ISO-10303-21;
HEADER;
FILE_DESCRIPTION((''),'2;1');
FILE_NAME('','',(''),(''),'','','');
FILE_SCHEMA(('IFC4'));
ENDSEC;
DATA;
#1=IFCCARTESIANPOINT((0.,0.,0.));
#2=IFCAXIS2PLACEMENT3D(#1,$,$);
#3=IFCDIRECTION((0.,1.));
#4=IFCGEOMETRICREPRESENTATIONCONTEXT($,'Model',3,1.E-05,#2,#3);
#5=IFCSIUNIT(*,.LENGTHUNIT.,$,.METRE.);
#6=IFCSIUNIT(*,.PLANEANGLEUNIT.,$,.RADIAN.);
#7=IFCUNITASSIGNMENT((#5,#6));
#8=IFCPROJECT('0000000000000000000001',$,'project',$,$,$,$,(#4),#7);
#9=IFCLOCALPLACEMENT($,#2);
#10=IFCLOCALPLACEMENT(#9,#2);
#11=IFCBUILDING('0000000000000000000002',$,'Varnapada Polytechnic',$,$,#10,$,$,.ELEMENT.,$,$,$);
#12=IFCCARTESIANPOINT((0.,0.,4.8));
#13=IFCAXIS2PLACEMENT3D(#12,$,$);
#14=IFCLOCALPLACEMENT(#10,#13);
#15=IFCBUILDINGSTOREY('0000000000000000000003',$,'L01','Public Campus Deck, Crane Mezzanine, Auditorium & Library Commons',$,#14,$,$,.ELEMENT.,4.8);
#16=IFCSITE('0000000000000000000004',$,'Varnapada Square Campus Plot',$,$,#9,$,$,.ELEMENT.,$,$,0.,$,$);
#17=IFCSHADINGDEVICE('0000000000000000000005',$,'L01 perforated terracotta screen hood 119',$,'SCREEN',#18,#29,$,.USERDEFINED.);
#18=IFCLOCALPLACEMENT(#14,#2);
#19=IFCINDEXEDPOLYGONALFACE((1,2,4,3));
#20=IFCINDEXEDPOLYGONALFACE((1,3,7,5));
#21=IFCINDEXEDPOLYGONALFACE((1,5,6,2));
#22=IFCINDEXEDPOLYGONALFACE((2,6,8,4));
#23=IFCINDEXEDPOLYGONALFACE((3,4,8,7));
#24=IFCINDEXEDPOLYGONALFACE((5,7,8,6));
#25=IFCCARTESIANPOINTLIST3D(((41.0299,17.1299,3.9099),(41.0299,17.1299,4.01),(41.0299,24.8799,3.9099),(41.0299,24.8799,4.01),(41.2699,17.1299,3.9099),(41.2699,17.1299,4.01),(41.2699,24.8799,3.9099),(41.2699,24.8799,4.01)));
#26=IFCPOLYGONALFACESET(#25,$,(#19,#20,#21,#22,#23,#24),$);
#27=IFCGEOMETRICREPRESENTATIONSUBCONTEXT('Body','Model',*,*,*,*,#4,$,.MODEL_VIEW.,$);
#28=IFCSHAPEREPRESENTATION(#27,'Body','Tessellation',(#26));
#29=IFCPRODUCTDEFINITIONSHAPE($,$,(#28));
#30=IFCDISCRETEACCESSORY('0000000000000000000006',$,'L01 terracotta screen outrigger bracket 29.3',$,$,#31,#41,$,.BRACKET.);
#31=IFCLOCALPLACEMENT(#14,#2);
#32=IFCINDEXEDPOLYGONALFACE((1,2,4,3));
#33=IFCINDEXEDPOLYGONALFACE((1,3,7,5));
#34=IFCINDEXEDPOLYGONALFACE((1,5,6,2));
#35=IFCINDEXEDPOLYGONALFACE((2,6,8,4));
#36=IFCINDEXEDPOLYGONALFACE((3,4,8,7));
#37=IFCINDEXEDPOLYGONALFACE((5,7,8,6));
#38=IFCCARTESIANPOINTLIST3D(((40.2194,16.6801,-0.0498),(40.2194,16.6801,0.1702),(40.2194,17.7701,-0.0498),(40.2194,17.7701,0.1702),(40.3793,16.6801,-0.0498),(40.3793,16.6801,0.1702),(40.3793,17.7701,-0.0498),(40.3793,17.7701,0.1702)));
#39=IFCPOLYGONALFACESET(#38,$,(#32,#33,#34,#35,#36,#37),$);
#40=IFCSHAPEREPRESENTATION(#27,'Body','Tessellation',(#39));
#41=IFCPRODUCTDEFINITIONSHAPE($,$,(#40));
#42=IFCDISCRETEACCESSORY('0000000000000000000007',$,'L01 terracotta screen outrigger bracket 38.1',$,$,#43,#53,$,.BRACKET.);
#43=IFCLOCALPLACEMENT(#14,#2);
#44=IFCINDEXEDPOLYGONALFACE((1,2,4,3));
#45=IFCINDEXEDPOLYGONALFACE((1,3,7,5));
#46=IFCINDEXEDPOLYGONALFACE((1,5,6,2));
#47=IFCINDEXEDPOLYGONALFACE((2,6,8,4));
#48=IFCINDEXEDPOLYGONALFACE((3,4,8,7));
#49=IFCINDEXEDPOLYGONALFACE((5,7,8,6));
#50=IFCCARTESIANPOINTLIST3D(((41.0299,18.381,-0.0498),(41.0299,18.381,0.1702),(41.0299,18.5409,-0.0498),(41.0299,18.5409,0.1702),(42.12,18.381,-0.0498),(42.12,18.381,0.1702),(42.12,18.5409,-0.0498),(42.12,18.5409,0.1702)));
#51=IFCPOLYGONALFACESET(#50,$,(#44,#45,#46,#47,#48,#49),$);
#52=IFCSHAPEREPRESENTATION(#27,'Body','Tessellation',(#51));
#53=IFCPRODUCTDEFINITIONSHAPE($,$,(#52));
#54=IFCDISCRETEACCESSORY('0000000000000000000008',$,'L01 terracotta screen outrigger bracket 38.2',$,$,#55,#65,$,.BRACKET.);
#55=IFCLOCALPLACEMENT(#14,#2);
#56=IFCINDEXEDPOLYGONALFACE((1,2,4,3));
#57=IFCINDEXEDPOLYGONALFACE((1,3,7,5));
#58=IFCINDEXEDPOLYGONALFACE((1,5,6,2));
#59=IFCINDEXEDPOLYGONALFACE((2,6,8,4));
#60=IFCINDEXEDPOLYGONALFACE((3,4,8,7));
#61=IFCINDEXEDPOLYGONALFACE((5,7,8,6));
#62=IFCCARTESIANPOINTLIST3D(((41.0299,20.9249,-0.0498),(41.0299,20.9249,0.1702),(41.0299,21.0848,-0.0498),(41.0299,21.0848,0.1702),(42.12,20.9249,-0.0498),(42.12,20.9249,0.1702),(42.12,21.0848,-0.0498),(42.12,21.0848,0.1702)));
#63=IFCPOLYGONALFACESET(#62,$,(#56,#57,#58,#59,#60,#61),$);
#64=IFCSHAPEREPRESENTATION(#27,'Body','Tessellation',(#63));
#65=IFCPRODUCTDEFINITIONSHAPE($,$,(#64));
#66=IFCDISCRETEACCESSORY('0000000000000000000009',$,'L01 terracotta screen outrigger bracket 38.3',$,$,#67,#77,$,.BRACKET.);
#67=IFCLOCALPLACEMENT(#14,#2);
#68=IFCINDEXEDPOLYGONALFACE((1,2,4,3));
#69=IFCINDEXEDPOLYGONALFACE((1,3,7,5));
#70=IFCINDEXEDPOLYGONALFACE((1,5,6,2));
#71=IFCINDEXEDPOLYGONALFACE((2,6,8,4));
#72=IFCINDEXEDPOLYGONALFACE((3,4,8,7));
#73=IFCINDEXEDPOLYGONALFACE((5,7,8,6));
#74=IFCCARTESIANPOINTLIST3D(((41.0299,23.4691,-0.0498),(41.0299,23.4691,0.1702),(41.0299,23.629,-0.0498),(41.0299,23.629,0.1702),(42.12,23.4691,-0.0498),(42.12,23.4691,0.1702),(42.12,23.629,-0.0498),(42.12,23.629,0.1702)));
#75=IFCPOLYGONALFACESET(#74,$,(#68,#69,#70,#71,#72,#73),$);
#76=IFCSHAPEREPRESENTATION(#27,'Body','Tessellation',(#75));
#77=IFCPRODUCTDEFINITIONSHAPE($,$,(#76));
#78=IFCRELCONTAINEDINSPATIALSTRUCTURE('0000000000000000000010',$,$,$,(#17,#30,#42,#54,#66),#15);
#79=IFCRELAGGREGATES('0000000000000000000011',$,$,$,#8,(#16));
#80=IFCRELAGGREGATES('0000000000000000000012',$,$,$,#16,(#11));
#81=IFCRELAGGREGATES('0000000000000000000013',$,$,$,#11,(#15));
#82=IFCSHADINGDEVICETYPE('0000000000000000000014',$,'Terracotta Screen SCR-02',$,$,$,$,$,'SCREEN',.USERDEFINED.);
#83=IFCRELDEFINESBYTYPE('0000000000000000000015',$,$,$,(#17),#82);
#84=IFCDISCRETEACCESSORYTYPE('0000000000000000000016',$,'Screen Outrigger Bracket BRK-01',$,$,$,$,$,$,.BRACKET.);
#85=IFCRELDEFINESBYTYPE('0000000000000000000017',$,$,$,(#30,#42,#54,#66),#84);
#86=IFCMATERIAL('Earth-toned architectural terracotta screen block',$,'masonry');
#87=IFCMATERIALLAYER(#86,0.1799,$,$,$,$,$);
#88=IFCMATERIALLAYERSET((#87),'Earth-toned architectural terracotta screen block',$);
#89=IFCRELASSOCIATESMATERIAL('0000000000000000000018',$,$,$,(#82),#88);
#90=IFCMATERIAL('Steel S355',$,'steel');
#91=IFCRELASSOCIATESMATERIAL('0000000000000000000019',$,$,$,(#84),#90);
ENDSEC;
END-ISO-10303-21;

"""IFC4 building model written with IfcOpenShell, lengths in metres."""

from ifc_helpers import new_model, si_unit, direction, frame, origin, origin_2d, place, context, subcontext, project, spatial, rectangle, extrude, material, layer, layer_set, type_object, element, save


model = new_model("IFC4")

# Units and contexts
model_context = context("Model", 3, precision=1e-05, world=origin(), true_north=direction((0.0, 1.0)))
body_context = subcontext(model_context, "Body", "Model", "MODEL_VIEW")
ifc_project = project(units=[si_unit("LENGTHUNIT", "METRE"), si_unit("PLANEANGLEUNIT", "RADIAN")], contexts=[model_context])

# Site, building, storey
site_placement = place(None, origin())
site = spatial("IfcSite", under=ifc_project, at=site_placement, Name="Varnapada Square Campus Plot", CompositionType="ELEMENT", RefElevation=0.0)
building_placement = place(site_placement, origin())
building = spatial("IfcBuilding", under=site, at=building_placement, Name="Varnapada Polytechnic", CompositionType="ELEMENT")
storey_placement = place(building_placement, frame((0.0, 0.0, 4.8)))
storey = spatial("IfcBuildingStorey", under=building, at=storey_placement, Name="L01", Description="Public Campus Deck, Crane Mezzanine, Auditorium & Library Commons", CompositionType="ELEMENT", Elevation=4.8)

# Shared definitions
ifc_material_1 = material(Name="Steel S355", Category="steel")

# Shared definitions
ifc_material_2 = material(Name="Earth-toned architectural terracotta screen block", Category="masonry")

# Shading device
ifc_layer_1 = layer(ifc_material_2, 0.1799)
ifc_layer_set_1 = layer_set([ifc_layer_1], Name="Earth-toned architectural terracotta screen block")
shading_device_type = type_object("IfcShadingDeviceType", Name="Terracotta Screen SCR-02", ElementType="SCREEN", PredefinedType="USERDEFINED", material=ifc_layer_set_1)
shading_device_1_placement = place(storey_placement, frame((41.1499, 21.0049, 3.9099), z_axis=(0.0, 0.0, 1.0), x_axis=(0.0, 1.0, 0.0)))
element("IfcShadingDevice", 1, at=shading_device_1_placement, inside=storey, type_object=shading_device_type, Name="L01 perforated terracotta screen hood 119", ObjectType="SCREEN", PredefinedType="USERDEFINED", context=body_context, shape_type="SweptSolid", body=[
    extrude(rectangle(XDim=7.75, YDim=0.24, at=origin_2d()), origin(), (0.0, 0.0, 1.0), 0.1001),
])

# Discrete accessories
discrete_accessory_type = type_object("IfcDiscreteAccessoryType", Name="Screen Outrigger Bracket BRK-01", PredefinedType="BRACKET", material=ifc_material_1)
for number, where, z_axis, x_axis, name in (
    (2, (40.2993, 17.2251, -0.0498), (0.0, 0.0, 1.0), (1.0, 0.0, 0.0), "L01 terracotta screen outrigger bracket 29.3"),
    (3, (41.575, 18.4609, -0.0498), (0.0, 0.0, 1.0), (0.0, 1.0, 0.0), "L01 terracotta screen outrigger bracket 38.1"),
    (4, (41.575, 21.0049, -0.0498), (0.0, 0.0, 1.0), (0.0, 1.0, 0.0), "L01 terracotta screen outrigger bracket 38.2"),
    (5, (41.575, 23.5491, -0.0498), (0.0, 0.0, 1.0), (0.0, 1.0, 0.0), "L01 terracotta screen outrigger bracket 38.3"),
):
    element("IfcDiscreteAccessory", number, at=place(storey_placement, frame(where, z_axis=z_axis, x_axis=x_axis)), inside=storey, type_object=discrete_accessory_type, Name=name, PredefinedType="BRACKET", context=body_context, shape_type="SweptSolid", body=[
        extrude(rectangle(XDim=0.1599, YDim=1.0901, at=origin_2d()), origin(), (0.0, 0.0, 1.0), 0.22),
    ])

save(model, "model.ifc")
